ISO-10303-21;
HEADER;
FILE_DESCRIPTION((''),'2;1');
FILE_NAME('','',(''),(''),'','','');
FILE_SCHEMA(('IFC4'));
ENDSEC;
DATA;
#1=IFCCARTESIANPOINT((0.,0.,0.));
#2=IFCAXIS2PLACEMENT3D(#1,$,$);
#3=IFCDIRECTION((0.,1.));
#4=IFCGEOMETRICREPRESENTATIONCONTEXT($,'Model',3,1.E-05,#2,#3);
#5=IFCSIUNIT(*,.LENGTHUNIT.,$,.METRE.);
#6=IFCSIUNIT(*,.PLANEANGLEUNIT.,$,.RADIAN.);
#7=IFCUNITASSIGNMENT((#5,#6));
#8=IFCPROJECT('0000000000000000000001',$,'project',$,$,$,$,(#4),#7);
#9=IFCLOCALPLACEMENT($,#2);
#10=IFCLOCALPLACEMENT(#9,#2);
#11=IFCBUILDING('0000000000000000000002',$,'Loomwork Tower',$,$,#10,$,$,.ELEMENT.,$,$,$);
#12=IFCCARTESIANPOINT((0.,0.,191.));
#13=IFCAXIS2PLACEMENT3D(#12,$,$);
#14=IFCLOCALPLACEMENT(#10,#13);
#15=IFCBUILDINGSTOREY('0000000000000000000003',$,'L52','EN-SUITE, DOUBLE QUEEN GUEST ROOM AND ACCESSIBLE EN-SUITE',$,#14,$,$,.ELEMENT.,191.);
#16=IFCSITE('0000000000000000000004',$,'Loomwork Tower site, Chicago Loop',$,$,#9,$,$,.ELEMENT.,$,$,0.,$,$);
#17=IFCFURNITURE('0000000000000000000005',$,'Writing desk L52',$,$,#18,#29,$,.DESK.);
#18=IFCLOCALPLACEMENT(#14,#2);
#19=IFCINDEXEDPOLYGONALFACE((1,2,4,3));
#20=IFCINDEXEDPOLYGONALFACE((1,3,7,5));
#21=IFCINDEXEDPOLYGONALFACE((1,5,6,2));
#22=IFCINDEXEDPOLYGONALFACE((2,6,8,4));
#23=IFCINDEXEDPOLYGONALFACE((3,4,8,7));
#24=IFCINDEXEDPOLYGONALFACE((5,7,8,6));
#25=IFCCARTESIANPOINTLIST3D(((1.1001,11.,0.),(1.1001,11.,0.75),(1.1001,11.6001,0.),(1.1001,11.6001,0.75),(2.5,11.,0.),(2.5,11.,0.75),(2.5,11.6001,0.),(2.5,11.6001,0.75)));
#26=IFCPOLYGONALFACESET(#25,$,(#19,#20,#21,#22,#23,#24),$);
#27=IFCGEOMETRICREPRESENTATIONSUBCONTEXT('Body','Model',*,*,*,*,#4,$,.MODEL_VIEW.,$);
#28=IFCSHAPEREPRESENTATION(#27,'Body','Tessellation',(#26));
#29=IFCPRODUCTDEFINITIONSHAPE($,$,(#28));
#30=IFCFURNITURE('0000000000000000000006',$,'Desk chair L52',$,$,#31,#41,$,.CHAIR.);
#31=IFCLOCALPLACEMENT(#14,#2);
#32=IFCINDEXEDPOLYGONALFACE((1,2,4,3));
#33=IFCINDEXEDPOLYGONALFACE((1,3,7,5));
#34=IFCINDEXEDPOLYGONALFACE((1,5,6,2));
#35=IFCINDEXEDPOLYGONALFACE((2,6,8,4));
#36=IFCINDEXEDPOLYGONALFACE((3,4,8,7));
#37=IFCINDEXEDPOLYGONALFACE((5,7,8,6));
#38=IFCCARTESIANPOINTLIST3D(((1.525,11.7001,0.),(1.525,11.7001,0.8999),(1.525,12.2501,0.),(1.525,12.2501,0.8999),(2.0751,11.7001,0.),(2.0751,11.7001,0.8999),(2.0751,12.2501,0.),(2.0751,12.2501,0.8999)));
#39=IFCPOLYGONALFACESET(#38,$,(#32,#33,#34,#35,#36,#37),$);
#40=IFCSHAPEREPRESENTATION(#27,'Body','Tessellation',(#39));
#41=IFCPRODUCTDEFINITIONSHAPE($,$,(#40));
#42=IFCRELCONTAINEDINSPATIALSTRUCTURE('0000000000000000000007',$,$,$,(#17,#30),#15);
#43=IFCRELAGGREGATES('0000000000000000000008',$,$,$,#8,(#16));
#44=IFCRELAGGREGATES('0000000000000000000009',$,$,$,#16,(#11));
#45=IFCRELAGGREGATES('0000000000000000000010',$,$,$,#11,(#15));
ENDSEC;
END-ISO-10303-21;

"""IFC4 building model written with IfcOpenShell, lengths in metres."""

from ifc_helpers import new_model, si_unit, direction, frame, origin, origin_2d, place, context, subcontext, project, spatial, rectangle, extrude, element, save


model = new_model("IFC4")

# Units and contexts
model_context = context("Model", 3, precision=1e-05, world=origin(), true_north=direction((0.0, 1.0)))
body_context = subcontext(model_context, "Body", "Model", "MODEL_VIEW")
ifc_project = project(units=[si_unit("LENGTHUNIT", "METRE"), si_unit("PLANEANGLEUNIT", "RADIAN")], contexts=[model_context])

# Site, building, storey
site_placement = place(None, origin())
site = spatial("IfcSite", under=ifc_project, at=site_placement, Name="Loomwork Tower site, Chicago Loop", CompositionType="ELEMENT", RefElevation=0.0)
building_placement = place(site_placement, origin())
building = spatial("IfcBuilding", under=site, at=building_placement, Name="Loomwork Tower", CompositionType="ELEMENT")
storey_placement = place(building_placement, frame((0.0, 0.0, 191.0)))
storey = spatial("IfcBuildingStorey", under=building, at=storey_placement, Name="L52", Description="EN-SUITE, DOUBLE QUEEN GUEST ROOM AND ACCESSIBLE EN-SUITE", CompositionType="ELEMENT", Elevation=191.0)

# Furniture
furniture_1_placement = place(storey_placement, frame((1.8, 11.3, 0.0), z_axis=(0.0, 0.0, 1.0), x_axis=(1.0, 0.0, 0.0)))
element("IfcFurniture", 1, at=furniture_1_placement, inside=storey, Name="Writing desk L52", PredefinedType="DESK", context=body_context, shape_type="SweptSolid", body=[
    extrude(rectangle(XDim=1.3999, YDim=0.6001, at=origin_2d()), origin(), (0.0, 0.0, 1.0), 0.75),
])
furniture_2_placement = place(storey_placement, frame((1.8, 11.9751, 0.0), z_axis=(0.0, 0.0, 1.0), x_axis=(1.0, 0.0, 0.0)))
element("IfcFurniture", 2, at=furniture_2_placement, inside=storey, Name="Desk chair L52", PredefinedType="CHAIR", context=body_context, shape_type="SweptSolid", body=[
    extrude(rectangle(XDim=0.55, YDim=0.55, at=origin_2d()), origin(), (0.0, 0.0, 1.0), 0.8999),
])

save(model, "model.ifc")
